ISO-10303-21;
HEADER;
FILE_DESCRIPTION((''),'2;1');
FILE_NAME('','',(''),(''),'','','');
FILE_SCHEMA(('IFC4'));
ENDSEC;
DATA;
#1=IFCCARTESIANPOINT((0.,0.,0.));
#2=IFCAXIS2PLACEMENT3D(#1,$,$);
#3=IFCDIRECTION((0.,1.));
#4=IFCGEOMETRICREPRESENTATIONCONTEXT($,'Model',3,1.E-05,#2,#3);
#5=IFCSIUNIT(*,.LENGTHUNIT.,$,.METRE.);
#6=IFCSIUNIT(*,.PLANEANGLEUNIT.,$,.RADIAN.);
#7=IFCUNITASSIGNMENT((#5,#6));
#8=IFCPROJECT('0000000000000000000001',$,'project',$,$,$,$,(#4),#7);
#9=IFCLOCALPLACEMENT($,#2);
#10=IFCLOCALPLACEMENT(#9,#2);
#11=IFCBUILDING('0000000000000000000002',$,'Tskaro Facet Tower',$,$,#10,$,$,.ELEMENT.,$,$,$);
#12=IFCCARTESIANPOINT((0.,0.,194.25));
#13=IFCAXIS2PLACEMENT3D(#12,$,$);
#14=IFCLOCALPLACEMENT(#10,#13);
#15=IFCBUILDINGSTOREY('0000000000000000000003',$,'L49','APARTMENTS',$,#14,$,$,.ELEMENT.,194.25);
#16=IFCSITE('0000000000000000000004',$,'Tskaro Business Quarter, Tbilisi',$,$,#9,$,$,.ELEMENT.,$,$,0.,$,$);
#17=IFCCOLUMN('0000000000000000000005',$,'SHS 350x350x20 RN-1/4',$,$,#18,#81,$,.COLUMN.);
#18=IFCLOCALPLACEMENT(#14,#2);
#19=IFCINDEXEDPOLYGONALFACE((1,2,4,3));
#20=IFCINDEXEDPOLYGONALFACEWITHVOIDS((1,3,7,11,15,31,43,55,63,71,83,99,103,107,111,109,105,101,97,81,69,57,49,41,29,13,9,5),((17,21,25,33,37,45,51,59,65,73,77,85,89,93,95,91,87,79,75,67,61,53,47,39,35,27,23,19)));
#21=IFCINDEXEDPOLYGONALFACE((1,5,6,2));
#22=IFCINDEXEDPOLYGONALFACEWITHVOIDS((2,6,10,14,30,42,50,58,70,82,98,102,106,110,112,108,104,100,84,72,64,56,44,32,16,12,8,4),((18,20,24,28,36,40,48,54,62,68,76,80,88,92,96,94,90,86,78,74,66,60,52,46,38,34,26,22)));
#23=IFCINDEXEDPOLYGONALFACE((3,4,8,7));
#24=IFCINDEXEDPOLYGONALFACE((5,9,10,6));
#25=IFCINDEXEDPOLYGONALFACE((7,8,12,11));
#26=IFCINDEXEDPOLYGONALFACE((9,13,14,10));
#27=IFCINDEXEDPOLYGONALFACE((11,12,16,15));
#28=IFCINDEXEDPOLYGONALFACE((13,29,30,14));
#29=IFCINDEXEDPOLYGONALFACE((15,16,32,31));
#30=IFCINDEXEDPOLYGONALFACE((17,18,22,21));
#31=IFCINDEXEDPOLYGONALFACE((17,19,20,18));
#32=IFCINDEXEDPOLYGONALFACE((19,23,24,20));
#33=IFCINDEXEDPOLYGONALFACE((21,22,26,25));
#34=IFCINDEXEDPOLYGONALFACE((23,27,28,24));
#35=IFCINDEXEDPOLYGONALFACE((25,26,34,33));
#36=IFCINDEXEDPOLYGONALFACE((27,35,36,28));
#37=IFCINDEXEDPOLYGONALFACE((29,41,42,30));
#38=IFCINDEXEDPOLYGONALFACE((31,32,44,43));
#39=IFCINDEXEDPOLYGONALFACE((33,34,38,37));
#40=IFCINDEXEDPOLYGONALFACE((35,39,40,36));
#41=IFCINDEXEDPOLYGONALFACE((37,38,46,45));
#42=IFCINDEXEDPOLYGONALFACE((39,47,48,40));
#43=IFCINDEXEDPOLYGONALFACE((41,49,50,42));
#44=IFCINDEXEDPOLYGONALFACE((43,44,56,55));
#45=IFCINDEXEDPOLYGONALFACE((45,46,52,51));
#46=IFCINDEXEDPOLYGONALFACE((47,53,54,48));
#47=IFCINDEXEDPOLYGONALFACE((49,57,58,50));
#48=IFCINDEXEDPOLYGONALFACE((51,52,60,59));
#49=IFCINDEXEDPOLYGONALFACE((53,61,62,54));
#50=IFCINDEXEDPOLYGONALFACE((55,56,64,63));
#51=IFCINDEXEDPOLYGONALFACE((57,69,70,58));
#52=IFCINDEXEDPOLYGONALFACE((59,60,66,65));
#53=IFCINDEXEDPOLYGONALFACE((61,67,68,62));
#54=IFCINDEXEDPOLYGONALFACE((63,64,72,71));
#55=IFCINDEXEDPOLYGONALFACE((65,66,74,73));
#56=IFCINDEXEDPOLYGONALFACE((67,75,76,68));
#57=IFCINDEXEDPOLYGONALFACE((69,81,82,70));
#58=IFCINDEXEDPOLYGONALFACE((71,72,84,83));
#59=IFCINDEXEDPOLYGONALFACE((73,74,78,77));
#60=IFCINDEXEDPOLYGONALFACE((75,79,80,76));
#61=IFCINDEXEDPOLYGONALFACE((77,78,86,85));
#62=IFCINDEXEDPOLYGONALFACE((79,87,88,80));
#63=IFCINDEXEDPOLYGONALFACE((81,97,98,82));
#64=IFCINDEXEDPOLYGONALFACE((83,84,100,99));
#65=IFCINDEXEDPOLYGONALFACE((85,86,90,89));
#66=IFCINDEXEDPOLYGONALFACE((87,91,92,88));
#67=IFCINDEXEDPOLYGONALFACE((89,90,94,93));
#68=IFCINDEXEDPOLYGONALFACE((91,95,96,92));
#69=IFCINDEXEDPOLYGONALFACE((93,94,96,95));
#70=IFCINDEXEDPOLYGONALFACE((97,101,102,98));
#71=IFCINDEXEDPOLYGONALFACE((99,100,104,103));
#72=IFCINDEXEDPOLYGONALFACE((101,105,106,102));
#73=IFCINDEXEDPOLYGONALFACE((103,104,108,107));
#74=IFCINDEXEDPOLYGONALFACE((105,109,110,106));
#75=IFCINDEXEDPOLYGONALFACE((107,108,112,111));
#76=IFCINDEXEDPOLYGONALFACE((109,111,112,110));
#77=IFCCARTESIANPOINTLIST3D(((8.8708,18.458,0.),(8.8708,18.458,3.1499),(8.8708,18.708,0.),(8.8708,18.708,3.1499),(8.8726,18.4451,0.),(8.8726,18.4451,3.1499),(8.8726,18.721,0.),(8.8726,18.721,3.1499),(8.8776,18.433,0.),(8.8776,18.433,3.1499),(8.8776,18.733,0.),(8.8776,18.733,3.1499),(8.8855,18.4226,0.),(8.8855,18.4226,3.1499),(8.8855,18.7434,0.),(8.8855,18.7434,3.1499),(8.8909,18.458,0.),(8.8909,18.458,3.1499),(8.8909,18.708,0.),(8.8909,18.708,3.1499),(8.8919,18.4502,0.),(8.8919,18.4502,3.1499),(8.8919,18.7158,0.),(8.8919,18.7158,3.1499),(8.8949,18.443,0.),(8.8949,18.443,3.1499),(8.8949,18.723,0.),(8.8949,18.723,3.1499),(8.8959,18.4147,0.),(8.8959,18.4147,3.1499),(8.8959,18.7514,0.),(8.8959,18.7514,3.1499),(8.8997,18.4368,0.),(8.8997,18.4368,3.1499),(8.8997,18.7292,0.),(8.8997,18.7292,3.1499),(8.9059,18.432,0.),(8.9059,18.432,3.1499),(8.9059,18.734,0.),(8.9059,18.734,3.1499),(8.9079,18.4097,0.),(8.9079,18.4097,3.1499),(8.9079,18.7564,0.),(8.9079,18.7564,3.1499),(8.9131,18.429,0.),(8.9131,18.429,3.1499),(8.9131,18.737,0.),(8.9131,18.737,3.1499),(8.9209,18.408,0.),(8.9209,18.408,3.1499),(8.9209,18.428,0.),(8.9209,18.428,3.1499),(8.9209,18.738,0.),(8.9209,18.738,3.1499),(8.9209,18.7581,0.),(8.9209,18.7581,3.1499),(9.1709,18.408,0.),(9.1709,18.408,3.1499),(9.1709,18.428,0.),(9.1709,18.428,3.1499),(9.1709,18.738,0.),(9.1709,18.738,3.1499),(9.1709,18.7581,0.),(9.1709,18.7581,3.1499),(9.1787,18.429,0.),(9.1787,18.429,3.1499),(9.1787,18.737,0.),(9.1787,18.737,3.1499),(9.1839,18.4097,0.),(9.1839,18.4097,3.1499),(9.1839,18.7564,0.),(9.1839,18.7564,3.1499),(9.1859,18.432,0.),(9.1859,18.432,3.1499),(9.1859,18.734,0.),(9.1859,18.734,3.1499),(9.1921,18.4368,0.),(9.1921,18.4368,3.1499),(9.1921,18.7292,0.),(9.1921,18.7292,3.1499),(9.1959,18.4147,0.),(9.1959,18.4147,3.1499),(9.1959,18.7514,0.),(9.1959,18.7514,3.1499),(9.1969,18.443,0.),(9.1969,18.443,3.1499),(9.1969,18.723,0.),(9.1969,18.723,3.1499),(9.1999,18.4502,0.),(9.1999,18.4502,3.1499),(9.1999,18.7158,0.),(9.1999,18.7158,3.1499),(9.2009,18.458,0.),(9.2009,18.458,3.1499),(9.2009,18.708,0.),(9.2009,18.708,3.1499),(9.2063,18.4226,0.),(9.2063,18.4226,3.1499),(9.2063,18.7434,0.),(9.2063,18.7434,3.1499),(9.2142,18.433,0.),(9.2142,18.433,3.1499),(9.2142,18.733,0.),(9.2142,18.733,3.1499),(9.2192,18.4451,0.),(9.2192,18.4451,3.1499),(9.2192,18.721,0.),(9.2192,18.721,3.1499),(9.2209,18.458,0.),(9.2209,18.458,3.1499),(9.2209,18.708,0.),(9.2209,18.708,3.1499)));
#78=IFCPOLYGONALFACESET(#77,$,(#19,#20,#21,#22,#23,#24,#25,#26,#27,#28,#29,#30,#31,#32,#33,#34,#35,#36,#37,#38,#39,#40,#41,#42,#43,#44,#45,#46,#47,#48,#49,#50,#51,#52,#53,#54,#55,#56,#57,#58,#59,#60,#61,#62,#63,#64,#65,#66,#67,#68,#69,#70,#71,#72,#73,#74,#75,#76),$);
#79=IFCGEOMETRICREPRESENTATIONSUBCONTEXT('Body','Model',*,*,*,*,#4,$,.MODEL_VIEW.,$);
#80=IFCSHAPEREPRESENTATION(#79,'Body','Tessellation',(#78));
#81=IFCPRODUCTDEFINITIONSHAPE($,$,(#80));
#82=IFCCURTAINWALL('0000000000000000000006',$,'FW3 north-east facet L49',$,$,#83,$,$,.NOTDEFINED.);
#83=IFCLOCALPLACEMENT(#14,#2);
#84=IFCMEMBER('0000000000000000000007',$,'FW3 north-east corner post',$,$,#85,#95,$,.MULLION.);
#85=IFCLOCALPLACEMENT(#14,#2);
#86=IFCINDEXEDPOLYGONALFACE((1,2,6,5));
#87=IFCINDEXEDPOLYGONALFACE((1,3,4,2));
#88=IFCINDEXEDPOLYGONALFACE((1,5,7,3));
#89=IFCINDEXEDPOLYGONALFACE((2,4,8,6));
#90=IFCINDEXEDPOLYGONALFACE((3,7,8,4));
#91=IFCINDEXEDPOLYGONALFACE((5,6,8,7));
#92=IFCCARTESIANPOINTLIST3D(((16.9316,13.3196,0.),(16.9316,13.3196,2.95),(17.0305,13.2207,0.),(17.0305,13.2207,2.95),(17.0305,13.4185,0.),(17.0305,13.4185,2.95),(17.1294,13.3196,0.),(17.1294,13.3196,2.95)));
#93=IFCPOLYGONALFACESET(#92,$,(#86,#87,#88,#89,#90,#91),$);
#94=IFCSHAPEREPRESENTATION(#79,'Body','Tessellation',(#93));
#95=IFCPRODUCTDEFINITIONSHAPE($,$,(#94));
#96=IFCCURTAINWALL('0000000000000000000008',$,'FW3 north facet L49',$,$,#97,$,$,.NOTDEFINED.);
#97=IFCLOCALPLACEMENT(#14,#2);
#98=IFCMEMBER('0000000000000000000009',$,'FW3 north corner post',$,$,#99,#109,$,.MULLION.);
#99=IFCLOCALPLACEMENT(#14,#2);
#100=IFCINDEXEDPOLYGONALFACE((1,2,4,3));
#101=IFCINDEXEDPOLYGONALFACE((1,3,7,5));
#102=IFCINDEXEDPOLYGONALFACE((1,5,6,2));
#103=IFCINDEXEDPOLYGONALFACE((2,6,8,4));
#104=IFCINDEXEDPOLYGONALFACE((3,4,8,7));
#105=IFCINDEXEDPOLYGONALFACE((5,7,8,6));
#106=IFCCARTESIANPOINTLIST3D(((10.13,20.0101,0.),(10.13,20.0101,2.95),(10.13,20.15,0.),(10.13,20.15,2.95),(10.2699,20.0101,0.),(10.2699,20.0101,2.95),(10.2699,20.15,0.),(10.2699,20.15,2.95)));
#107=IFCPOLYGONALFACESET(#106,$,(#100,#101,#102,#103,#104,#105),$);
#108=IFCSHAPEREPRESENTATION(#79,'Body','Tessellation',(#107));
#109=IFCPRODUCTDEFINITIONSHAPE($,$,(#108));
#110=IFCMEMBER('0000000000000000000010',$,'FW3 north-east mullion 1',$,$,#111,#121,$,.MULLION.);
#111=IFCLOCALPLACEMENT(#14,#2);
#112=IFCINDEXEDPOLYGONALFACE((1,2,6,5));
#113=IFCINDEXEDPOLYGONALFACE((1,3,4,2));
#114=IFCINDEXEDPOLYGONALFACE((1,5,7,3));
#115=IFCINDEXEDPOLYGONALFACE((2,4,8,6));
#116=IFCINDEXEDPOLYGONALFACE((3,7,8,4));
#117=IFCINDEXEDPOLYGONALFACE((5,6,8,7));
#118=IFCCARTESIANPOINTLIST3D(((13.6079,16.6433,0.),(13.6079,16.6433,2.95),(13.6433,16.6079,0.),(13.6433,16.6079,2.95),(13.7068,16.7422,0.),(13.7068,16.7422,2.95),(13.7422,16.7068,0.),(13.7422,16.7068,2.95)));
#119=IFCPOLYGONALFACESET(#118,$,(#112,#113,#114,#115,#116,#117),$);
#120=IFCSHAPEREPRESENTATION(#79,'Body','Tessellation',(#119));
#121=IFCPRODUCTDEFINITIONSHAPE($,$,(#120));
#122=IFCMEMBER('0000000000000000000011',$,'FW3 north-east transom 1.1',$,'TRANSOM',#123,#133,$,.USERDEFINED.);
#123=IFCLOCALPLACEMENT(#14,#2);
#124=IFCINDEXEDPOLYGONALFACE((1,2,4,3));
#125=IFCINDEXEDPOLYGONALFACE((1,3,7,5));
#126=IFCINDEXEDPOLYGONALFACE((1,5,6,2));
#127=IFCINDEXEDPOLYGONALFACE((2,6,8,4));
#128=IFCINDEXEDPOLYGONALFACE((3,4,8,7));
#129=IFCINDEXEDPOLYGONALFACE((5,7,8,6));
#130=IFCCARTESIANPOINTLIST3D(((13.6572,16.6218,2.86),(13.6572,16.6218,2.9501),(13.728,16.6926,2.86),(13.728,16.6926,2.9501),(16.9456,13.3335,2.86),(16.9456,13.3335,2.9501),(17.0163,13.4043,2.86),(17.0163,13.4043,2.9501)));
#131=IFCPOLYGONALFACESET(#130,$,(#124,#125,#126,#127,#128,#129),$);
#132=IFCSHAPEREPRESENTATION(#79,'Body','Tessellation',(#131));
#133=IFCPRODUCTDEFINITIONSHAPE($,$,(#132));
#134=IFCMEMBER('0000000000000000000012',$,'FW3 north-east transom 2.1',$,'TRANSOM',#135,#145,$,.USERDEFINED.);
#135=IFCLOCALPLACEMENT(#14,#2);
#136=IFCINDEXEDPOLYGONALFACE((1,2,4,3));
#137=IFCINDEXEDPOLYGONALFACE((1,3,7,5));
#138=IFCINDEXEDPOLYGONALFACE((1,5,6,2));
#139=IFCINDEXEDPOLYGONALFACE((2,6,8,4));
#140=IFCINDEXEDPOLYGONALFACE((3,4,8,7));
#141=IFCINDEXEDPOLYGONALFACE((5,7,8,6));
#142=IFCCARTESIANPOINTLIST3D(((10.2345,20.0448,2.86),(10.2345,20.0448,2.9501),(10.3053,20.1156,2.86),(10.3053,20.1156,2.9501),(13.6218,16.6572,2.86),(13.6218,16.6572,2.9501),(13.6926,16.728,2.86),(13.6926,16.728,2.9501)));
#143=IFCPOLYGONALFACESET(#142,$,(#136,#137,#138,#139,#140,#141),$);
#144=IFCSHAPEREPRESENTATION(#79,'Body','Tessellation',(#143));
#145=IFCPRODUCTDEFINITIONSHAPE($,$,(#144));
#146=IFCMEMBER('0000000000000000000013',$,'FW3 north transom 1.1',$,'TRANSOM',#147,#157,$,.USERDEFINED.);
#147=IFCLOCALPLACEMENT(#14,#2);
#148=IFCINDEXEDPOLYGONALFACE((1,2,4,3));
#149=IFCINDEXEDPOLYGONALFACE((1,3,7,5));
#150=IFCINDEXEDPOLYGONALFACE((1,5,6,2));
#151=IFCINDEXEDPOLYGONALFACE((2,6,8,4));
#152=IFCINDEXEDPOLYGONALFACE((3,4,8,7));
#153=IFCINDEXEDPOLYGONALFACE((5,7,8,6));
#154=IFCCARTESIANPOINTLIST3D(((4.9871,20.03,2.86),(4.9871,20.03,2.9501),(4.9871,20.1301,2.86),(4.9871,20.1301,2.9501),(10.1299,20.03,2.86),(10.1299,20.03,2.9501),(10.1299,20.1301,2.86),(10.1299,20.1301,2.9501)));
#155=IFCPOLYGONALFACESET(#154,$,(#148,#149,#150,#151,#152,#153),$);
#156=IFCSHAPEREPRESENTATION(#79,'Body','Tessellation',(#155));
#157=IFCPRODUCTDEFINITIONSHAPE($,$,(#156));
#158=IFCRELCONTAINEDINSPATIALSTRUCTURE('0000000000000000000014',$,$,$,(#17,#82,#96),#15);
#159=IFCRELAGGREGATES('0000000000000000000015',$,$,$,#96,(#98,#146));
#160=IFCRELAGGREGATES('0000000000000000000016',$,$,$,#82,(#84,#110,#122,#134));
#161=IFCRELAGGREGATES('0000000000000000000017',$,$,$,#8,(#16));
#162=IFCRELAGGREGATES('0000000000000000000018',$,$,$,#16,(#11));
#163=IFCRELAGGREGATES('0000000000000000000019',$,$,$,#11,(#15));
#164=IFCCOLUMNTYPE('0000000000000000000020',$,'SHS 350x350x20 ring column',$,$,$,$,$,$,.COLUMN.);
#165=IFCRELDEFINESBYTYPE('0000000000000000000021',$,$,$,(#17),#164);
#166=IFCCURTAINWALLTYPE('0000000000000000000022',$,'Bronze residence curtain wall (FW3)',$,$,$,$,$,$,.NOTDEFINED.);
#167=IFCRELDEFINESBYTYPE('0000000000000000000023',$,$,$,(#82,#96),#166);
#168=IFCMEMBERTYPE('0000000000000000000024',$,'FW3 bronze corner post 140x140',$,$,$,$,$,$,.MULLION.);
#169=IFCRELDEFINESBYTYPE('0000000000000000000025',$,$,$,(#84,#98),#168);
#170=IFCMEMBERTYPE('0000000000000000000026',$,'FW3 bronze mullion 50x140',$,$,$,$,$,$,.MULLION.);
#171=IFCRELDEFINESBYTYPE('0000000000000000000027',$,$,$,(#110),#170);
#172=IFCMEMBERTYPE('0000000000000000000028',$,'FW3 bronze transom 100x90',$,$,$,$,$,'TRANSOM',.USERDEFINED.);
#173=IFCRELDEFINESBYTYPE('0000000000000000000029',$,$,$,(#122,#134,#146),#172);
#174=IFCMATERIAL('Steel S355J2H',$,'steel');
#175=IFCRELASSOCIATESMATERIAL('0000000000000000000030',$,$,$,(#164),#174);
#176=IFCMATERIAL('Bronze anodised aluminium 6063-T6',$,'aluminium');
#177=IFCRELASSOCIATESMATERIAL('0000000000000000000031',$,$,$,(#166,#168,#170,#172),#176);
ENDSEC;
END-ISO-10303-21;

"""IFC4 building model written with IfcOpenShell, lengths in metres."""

from ifc_helpers import new_model, si_unit, direction, frame, origin, origin_2d, place, context, subcontext, project, spatial, rectangle, hollow_rectangle, extrude, material, material_profile, profile_set, type_object, element, aggregate, save


model = new_model("IFC4")

# Units and contexts
model_context = context("Model", 3, precision=1e-05, world=origin(), true_north=direction((0.0, 1.0)))
body_context = subcontext(model_context, "Body", "Model", "MODEL_VIEW")
ifc_project = project(units=[si_unit("LENGTHUNIT", "METRE"), si_unit("PLANEANGLEUNIT", "RADIAN")], contexts=[model_context])

# Site, building, storey
site_placement = place(None, origin())
site = spatial("IfcSite", under=ifc_project, at=site_placement, Name="Tskaro Business Quarter, Tbilisi", CompositionType="ELEMENT", RefElevation=0.0)
building_placement = place(site_placement, origin())
building = spatial("IfcBuilding", under=site, at=building_placement, Name="Tskaro Facet Tower", CompositionType="ELEMENT")
storey_placement = place(building_placement, frame((0.0, 0.0, 194.25)))
storey = spatial("IfcBuildingStorey", under=building, at=storey_placement, Name="L49", Description="APARTMENTS", CompositionType="ELEMENT", Elevation=194.25)

# Column
ifc_material_1 = material(Name="Steel S355J2H", Category="steel")
ifc_material_profile_1 = material_profile(ifc_material_1, hollow_rectangle(XDim=0.3501, YDim=0.3501, WallThickness=0.02, InnerFilletRadius=0.03, OuterFilletRadius=0.05, at=origin_2d()), Name="SHS 350x350x20")
ifc_profile_set_1 = profile_set([ifc_material_profile_1], Name="Steel S355J2H")
column_type_1 = type_object("IfcColumnType", Name="SHS 350x350x20 ring column", PredefinedType="COLUMN", material=ifc_profile_set_1)
for number, where, z_axis, x_axis, name in (
    (1, (9.0459, 18.583, 0.0), (0.0, 0.0, 1.0), (1.0, 0.0, 0.0), "SHS 350x350x20 RN-1/4"),
):
    element("IfcColumn", number, at=place(storey_placement, frame(where, z_axis=z_axis, x_axis=x_axis)), inside=storey, type_object=column_type_1, Name=name, PredefinedType="COLUMN", context=body_context, shape_type="SweptSolid", body=[
        extrude(hollow_rectangle(XDim=0.3501, YDim=0.3501, WallThickness=0.02, InnerFilletRadius=0.03, OuterFilletRadius=0.05, at=origin_2d()), origin(), (0.0, 0.0, 1.0), 3.1499),
    ])

# Curtain walls, members
ifc_material_2 = material(Name="Bronze anodised aluminium 6063-T6", Category="aluminium")
curtain_wall_type = type_object("IfcCurtainWallType", Name="Bronze residence curtain wall (FW3)", PredefinedType="NOTDEFINED", material=ifc_material_2)
curtain_wall_1_placement = place(storey_placement, origin())
curtain_wall_1 = element("IfcCurtainWall", 2, at=curtain_wall_1_placement, inside=storey, type_object=curtain_wall_type, Name="FW3 north-east facet L49", PredefinedType="NOTDEFINED")
ifc_material_profile_2 = material_profile(ifc_material_2, rectangle(XDim=0.1399, YDim=0.1399, at=origin_2d()), Name="Corner post 140x140")
ifc_profile_set_2 = profile_set([ifc_material_profile_2], Name="Bronze anodised aluminium 6063-T6")
member_type_1 = type_object("IfcMemberType", Name="FW3 bronze corner post 140x140", PredefinedType="MULLION", material=ifc_profile_set_2)
member_1_placement = place(storey_placement, frame((17.0305, 13.3196, 0.0), z_axis=(0.0, 0.0, 1.0), x_axis=(-0.707107, 0.707107, 0.0)))
member_1 = element("IfcMember", 3, at=member_1_placement, type_object=member_type_1, Name="FW3 north-east corner post", PredefinedType="MULLION", context=body_context, shape_type="SweptSolid", body=[
    extrude(rectangle(XDim=0.1399, YDim=0.1399, at=origin_2d()), origin(), (0.0, 0.0, 1.0), 2.95),
])
curtain_wall_2_placement = place(storey_placement, origin())
curtain_wall_2 = element("IfcCurtainWall", 4, at=curtain_wall_2_placement, inside=storey, type_object=curtain_wall_type, Name="FW3 north facet L49", PredefinedType="NOTDEFINED")
member_2_placement = place(storey_placement, frame((10.2, 20.0801, 0.0), z_axis=(0.0, 0.0, 1.0), x_axis=(-1.0, 0.0, 0.0)))
member_2 = element("IfcMember", 5, at=member_2_placement, type_object=member_type_1, Name="FW3 north corner post", PredefinedType="MULLION", context=body_context, shape_type="SweptSolid", body=[
    extrude(rectangle(XDim=0.1399, YDim=0.1399, at=origin_2d()), origin(), (0.0, 0.0, 1.0), 2.95),
])

# Members
ifc_material_profile_3 = material_profile(ifc_material_2, rectangle(XDim=0.05, YDim=0.1399, at=origin_2d()), Name="Mullion 50x140")
ifc_profile_set_3 = profile_set([ifc_material_profile_3], Name="Bronze anodised aluminium 6063-T6")
member_type_2 = type_object("IfcMemberType", Name="FW3 bronze mullion 50x140", PredefinedType="MULLION", material=ifc_profile_set_3)
member_3_placement = place(storey_placement, frame((13.675, 16.675, 0.0), z_axis=(0.0, 0.0, 1.0), x_axis=(-0.707107, 0.707107, 0.0)))
member_3 = element("IfcMember", 6, at=member_3_placement, type_object=member_type_2, Name="FW3 north-east mullion 1", PredefinedType="MULLION", context=body_context, shape_type="SweptSolid", body=[
    extrude(rectangle(XDim=0.05, YDim=0.1399, at=origin_2d()), origin(), (0.0, 0.0, 1.0), 2.95),
])
ifc_material_profile_4 = material_profile(ifc_material_2, rectangle(XDim=0.1001, YDim=0.0901, at=origin_2d()), Name="Transom 100x90")
ifc_profile_set_4 = profile_set([ifc_material_profile_4], Name="Bronze anodised aluminium 6063-T6")
member_type_3 = type_object("IfcMemberType", Name="FW3 bronze transom 100x90", ElementType="TRANSOM", PredefinedType="USERDEFINED", material=ifc_profile_set_4)
member_4_placement = place(storey_placement, frame((16.981, 13.3689, 2.905), z_axis=(-0.707107, 0.707107, 0.0), x_axis=(-0.707107, -0.707107, 0.0)))
member_4 = element("IfcMember", 7, at=member_4_placement, type_object=member_type_3, Name="FW3 north-east transom 1.1", ObjectType="TRANSOM", PredefinedType="USERDEFINED", context=body_context, shape_type="SweptSolid", body=[
    extrude(rectangle(XDim=0.1001, YDim=0.0901, at=origin_2d()), origin(), (0.0, 0.0, 1.0), 4.6504),
])
member_5_placement = place(storey_placement, frame((13.6572, 16.6926, 2.905), z_axis=(-0.707081, 0.707132, 0.0), x_axis=(-0.707132, -0.707081, 0.0)))
member_5 = element("IfcMember", 8, at=member_5_placement, type_object=member_type_3, Name="FW3 north-east transom 2.1", ObjectType="TRANSOM", PredefinedType="USERDEFINED", context=body_context, shape_type="SweptSolid", body=[
    extrude(rectangle(XDim=0.1001, YDim=0.0901, at=origin_2d()), origin(), (0.0, 0.0, 1.0), 4.7905),
])
member_6_placement = place(storey_placement, frame((10.1299, 20.0801, 2.905), z_axis=(-1.0, 0.0, 0.0), x_axis=(0.0, -1.0, 0.0)))
member_6 = element("IfcMember", 9, at=member_6_placement, type_object=member_type_3, Name="FW3 north transom 1.1", ObjectType="TRANSOM", PredefinedType="USERDEFINED", context=body_context, shape_type="SweptSolid", body=[
    extrude(rectangle(XDim=0.1001, YDim=0.0901, at=origin_2d()), origin(), (0.0, 0.0, 1.0), 5.1428),
])
aggregate(curtain_wall_2, [member_2, member_6])

aggregate(curtain_wall_1, [member_1, member_3, member_4, member_5])

save(model, "model.ifc")
